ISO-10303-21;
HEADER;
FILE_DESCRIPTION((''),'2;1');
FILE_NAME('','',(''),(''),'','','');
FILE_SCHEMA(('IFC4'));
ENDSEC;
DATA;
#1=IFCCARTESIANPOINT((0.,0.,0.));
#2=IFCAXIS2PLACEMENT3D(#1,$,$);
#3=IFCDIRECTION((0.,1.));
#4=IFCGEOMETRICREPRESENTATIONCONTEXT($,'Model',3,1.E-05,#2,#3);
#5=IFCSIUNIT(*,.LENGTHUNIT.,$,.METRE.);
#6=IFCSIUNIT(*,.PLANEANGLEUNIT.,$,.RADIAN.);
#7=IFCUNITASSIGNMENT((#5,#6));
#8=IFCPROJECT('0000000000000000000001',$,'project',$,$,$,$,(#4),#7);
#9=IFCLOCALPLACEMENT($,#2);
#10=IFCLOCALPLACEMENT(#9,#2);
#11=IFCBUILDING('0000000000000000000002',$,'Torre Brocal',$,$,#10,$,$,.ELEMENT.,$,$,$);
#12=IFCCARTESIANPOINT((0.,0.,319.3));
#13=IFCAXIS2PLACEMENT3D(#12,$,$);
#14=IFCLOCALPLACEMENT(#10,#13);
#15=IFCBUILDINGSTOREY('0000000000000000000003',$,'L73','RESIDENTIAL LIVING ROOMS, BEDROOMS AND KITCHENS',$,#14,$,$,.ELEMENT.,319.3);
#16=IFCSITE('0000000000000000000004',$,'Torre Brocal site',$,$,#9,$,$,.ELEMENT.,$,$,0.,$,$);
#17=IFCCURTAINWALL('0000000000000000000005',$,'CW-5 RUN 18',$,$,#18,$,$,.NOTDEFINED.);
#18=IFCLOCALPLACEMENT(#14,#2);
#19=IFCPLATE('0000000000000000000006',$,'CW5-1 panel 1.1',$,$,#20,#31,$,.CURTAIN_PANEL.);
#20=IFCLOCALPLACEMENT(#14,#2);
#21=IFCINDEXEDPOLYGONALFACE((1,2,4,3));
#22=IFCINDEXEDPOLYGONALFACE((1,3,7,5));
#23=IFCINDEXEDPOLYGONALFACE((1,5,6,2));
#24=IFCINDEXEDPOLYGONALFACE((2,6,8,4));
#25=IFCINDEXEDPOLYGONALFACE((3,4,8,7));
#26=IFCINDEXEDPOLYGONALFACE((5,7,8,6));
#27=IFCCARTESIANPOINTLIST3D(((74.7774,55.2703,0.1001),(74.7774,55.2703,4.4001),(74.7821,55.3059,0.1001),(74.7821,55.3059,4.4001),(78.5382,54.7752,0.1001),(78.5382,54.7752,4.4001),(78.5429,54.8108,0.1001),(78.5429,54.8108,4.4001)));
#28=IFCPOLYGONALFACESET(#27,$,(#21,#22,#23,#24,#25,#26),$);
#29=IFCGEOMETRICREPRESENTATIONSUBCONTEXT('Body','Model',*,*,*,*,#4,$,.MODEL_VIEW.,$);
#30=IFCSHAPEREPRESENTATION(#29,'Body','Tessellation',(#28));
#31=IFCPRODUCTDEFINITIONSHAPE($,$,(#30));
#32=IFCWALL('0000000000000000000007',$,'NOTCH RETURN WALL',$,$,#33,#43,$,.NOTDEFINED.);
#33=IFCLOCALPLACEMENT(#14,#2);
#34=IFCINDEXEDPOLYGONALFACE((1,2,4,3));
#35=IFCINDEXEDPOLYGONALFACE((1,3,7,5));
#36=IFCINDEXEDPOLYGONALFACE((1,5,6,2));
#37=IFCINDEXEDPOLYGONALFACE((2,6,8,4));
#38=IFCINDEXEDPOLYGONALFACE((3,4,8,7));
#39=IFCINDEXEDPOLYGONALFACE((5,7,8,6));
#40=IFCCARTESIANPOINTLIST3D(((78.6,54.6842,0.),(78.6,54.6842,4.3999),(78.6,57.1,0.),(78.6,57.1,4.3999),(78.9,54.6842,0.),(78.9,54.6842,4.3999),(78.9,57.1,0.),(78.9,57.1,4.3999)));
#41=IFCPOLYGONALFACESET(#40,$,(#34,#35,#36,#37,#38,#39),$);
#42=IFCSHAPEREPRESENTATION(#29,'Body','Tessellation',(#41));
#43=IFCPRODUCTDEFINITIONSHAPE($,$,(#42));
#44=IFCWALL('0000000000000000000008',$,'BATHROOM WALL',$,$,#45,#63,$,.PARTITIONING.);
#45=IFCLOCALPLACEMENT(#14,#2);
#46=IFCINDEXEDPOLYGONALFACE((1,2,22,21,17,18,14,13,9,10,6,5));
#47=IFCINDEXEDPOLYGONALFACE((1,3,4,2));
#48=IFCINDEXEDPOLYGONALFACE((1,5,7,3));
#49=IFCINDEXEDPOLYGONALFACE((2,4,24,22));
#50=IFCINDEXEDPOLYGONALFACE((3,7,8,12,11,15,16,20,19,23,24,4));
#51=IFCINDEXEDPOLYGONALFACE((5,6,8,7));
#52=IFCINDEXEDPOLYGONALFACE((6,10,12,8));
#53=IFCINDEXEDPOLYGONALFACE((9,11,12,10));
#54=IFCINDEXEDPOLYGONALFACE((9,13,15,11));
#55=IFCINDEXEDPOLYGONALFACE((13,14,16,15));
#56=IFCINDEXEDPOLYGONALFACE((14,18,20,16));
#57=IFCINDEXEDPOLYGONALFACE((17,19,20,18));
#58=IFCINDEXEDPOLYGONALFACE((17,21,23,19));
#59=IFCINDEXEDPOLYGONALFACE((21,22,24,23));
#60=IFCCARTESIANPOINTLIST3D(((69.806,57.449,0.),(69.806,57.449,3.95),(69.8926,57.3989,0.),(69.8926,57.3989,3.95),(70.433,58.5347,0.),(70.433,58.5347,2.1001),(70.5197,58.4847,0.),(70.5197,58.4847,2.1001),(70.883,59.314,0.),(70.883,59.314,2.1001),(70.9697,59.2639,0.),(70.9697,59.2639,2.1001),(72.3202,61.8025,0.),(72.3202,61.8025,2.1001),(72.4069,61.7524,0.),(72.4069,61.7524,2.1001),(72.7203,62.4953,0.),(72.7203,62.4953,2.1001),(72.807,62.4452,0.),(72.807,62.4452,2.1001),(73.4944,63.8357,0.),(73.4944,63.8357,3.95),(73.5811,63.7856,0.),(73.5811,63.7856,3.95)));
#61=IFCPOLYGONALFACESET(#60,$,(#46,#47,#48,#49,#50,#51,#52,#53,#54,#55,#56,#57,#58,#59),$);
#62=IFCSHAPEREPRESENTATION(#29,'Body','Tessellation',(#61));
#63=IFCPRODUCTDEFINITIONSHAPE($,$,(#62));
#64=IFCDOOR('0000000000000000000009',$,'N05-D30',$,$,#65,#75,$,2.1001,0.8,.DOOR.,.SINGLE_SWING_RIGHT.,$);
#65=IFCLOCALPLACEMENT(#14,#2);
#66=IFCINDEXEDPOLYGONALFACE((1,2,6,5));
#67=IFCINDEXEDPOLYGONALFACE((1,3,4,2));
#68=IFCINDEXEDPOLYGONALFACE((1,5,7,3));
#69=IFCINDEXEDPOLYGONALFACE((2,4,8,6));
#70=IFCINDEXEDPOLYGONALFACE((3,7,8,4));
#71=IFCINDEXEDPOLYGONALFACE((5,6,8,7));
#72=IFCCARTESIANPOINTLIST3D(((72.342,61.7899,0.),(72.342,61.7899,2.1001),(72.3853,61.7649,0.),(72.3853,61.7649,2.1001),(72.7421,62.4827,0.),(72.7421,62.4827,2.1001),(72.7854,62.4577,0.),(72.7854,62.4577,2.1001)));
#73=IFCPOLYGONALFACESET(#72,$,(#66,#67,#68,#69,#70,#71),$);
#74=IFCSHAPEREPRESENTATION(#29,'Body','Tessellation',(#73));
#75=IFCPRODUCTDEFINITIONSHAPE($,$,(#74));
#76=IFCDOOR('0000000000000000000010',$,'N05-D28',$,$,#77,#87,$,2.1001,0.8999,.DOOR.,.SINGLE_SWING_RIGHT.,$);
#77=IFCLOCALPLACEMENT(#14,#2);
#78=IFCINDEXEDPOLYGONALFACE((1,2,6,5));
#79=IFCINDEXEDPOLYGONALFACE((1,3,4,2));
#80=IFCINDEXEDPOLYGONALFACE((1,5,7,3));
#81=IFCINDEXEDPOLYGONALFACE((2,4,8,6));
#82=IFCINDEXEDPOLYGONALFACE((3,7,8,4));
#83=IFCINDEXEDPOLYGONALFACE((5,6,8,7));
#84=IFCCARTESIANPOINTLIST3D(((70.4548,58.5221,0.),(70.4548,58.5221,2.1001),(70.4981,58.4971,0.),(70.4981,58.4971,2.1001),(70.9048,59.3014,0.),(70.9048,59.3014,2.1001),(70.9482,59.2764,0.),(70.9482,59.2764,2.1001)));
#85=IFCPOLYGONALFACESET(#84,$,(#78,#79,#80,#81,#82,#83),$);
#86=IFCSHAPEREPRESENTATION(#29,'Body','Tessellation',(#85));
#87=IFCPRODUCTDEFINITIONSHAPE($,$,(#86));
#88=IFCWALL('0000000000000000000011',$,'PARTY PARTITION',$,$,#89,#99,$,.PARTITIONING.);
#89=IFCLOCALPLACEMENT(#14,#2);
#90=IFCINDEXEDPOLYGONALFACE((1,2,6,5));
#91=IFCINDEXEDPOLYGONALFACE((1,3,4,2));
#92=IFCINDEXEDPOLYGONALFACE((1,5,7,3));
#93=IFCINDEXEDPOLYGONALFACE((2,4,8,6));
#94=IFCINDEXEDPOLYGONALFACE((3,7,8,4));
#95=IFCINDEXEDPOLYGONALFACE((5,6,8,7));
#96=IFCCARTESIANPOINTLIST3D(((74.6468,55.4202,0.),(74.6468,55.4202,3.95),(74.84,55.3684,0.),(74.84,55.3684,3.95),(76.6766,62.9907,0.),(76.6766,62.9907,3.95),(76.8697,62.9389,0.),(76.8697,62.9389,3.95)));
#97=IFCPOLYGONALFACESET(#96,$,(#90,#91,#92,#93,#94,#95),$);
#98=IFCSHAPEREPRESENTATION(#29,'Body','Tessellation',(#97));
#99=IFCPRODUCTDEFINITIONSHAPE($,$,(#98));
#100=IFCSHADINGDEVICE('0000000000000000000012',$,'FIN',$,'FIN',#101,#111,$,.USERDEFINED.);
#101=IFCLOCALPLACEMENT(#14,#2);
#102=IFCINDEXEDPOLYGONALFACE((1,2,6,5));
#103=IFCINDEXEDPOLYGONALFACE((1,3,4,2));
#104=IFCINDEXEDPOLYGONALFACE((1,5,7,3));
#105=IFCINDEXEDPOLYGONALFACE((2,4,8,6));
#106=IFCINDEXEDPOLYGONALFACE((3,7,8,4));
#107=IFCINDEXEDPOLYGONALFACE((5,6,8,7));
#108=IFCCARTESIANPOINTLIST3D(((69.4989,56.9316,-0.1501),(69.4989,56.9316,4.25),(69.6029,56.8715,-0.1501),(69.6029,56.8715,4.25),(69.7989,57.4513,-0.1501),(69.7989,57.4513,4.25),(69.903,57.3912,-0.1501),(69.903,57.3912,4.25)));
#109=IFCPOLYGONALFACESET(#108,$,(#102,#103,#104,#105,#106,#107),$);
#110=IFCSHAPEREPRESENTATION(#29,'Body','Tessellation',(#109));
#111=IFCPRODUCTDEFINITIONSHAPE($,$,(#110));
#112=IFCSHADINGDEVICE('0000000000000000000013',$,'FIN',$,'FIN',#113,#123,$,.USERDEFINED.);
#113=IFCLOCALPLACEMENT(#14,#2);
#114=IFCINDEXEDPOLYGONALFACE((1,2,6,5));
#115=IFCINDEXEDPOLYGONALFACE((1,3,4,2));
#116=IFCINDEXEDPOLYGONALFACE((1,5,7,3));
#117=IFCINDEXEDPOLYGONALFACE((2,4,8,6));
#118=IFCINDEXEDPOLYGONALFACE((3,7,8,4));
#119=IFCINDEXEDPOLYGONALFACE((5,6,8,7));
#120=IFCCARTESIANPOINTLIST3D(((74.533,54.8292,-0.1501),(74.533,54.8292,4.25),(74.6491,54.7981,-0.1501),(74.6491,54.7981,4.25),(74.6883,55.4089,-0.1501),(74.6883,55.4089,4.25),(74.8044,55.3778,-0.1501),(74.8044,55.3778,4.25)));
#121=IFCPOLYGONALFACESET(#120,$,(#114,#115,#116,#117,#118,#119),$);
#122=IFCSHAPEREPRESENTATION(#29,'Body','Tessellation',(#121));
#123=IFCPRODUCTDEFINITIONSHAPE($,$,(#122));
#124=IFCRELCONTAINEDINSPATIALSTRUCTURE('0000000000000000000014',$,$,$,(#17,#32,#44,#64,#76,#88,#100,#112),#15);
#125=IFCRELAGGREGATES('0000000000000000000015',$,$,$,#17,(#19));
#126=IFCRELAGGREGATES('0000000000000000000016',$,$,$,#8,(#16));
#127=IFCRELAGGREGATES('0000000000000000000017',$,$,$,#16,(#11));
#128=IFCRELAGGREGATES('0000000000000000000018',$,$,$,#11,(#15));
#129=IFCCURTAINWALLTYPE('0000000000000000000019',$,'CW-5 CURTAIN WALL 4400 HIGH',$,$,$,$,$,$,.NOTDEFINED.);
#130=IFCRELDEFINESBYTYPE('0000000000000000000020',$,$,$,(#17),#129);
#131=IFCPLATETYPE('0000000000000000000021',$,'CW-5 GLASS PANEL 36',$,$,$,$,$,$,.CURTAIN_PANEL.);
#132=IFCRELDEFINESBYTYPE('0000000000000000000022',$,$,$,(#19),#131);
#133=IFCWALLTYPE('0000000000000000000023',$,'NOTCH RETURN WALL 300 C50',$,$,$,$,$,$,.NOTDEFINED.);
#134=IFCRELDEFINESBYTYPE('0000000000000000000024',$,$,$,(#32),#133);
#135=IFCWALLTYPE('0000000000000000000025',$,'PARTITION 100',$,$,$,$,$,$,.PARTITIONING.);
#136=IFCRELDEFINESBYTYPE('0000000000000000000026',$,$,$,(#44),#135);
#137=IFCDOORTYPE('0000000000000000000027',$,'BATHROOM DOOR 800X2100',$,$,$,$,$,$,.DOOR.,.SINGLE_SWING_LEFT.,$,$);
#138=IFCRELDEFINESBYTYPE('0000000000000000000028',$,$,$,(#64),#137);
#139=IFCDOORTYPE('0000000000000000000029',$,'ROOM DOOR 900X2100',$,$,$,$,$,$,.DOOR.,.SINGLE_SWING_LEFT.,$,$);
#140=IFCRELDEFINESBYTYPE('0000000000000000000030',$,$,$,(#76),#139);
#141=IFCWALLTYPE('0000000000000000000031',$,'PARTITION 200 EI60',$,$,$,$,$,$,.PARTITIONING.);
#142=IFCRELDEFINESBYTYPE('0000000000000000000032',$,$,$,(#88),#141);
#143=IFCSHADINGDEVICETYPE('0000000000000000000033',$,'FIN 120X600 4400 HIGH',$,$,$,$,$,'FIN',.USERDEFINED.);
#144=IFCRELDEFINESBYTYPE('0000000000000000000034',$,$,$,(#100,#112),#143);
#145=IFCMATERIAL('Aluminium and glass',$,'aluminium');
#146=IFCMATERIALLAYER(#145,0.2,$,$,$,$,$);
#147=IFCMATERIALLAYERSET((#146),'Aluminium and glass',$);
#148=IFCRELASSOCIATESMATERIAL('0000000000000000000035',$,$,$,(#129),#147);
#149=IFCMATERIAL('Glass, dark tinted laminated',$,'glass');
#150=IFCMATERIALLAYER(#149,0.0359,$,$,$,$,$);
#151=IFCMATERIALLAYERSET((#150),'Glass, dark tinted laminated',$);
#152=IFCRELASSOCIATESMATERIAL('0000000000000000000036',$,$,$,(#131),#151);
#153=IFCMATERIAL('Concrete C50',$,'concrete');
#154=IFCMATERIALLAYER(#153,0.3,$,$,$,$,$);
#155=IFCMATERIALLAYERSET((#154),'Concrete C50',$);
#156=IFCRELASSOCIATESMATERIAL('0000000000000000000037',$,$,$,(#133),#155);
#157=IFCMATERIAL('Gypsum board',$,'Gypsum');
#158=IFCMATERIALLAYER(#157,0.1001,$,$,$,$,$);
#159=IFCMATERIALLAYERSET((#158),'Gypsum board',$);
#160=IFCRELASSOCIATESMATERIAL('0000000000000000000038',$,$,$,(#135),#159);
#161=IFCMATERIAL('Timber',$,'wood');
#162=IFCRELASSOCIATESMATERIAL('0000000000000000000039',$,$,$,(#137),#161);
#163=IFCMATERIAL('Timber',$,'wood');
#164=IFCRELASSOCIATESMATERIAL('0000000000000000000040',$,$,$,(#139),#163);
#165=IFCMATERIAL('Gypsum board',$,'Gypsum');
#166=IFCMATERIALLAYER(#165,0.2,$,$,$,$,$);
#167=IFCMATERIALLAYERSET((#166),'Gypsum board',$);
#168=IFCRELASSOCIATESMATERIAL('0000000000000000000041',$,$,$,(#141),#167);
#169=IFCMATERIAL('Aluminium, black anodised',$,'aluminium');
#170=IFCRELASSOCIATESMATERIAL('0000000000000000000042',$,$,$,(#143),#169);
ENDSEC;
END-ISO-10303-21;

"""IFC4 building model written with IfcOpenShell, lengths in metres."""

from ifc_helpers import new_model, si_unit, direction, frame, frame_2d, origin, origin_2d, place, context, subcontext, project, spatial, rectangle, extrude, material, layer, layer_set, material_profile, profile_set, type_object, element, fill, aggregate, save


model = new_model("IFC4")

# Units and contexts
model_context = context("Model", 3, precision=1e-05, world=origin(), true_north=direction((0.0, 1.0)))
body_context = subcontext(model_context, "Body", "Model", "MODEL_VIEW")
ifc_project = project(units=[si_unit("LENGTHUNIT", "METRE"), si_unit("PLANEANGLEUNIT", "RADIAN")], contexts=[model_context])

# Site, building, storey
site_placement = place(None, origin())
site = spatial("IfcSite", under=ifc_project, at=site_placement, Name="Torre Brocal site", CompositionType="ELEMENT", RefElevation=0.0)
building_placement = place(site_placement, origin())
building = spatial("IfcBuilding", under=site, at=building_placement, Name="Torre Brocal", CompositionType="ELEMENT")
storey_placement = place(building_placement, frame((0.0, 0.0, 319.3)))
storey = spatial("IfcBuildingStorey", under=building, at=storey_placement, Name="L73", Description="RESIDENTIAL LIVING ROOMS, BEDROOMS AND KITCHENS", CompositionType="ELEMENT", Elevation=319.3)

# Shared definitions
ifc_material_1 = material(Name="Aluminium and glass", Category="aluminium")
ifc_layer_1 = layer(ifc_material_1, 0.2)
ifc_layer_set_1 = layer_set([ifc_layer_1], Name="Aluminium and glass")
curtain_wall_type = type_object("IfcCurtainWallType", Name="CW-5 CURTAIN WALL 4400 HIGH", PredefinedType="NOTDEFINED", material=ifc_layer_set_1)

# Curtain wall
curtain_wall_1_placement = place(storey_placement, origin())
curtain_wall_1 = element("IfcCurtainWall", 1, at=curtain_wall_1_placement, inside=storey, type_object=curtain_wall_type, Name="CW-5 RUN 18", PredefinedType="NOTDEFINED")

# Plate
ifc_material_2 = material(Name="Glass, dark tinted laminated", Category="glass")
ifc_layer_2 = layer(ifc_material_2, 0.0359)
ifc_layer_set_2 = layer_set([ifc_layer_2], Name="Glass, dark tinted laminated")
plate_type = type_object("IfcPlateType", Name="CW-5 GLASS PANEL 36", PredefinedType="CURTAIN_PANEL", material=ifc_layer_set_2)
plate_1_placement = place(storey_placement, frame((76.6602, 55.0405, 0.1001), z_axis=(0.0, 0.0, 1.0), x_axis=(0.991445, -0.130526, 0.0)))
plate_1 = element("IfcPlate", 2, at=plate_1_placement, type_object=plate_type, Name="CW5-1 panel 1.1", PredefinedType="CURTAIN_PANEL", context=body_context, shape_type="SweptSolid", body=[
    extrude(rectangle(XDim=3.7932, YDim=0.0359, at=origin_2d()), origin(), (0.0, 0.0, 1.0), 4.3),
])
aggregate(curtain_wall_1, [plate_1])

# Wall
ifc_material_3 = material(Name="Concrete C50", Category="concrete")
ifc_layer_3 = layer(ifc_material_3, 0.3)
ifc_layer_set_3 = layer_set([ifc_layer_3], Name="Concrete C50")
wall_type_1 = type_object("IfcWallType", Name="NOTCH RETURN WALL 300 C50", PredefinedType="NOTDEFINED", material=ifc_layer_set_3)
wall_1_placement = place(storey_placement, frame((78.75, 57.1001, 0.0), z_axis=(0.0, 0.0, 1.0), x_axis=(0.0, -1.0, 0.0)))
element("IfcWall", 3, at=wall_1_placement, inside=storey, type_object=wall_type_1, Name="NOTCH RETURN WALL", PredefinedType="NOTDEFINED", context=body_context, shape_type="SweptSolid", body=[
    extrude(rectangle(XDim=2.4158, YDim=0.3, at=frame_2d((1.208, 0.0))), origin(), (0.0, 0.0, 1.0), 4.3999),
])

# Wall, openings, doors
ifc_material_4 = material(Name="Gypsum board", Category="Gypsum")
ifc_layer_4 = layer(ifc_material_4, 0.1001)
ifc_layer_set_4 = layer_set([ifc_layer_4], Name="Gypsum board")
wall_type_2 = type_object("IfcWallType", Name="PARTITION 100", PredefinedType="PARTITIONING", material=ifc_layer_set_4)
wall_2_placement = place(storey_placement, frame((69.8494, 57.4241, 0.0), z_axis=(0.0, 0.0, 1.0), x_axis=(0.500112, 0.865961, 0.0)))
wall_2 = element("IfcWall", 4, at=wall_2_placement, inside=storey, type_object=wall_type_2, Name="BATHROOM WALL", PredefinedType="PARTITIONING", context=body_context, shape_type="SweptSolid", body=[
    extrude(rectangle(XDim=7.3752, YDim=0.1001, at=frame_2d((3.6875, 0.0))), origin(), (0.0, 0.0, 1.0), 3.95),
])
opening_1_placement = place(wall_2_placement, frame((1.2537, 0.0, 0.0)))
opening_1 = element("IfcOpeningElement", 5, at=opening_1_placement, cuts=wall_2, PredefinedType="OPENING", context=body_context, shape_type="SweptSolid", body=[
    extrude(rectangle(XDim=0.8999, YDim=2.1001, at=frame_2d((0.45, 1.05))), frame((0.0, 0.0601, 0.0), z_axis=(0.0, -1.0, 0.0), x_axis=(1.0, 0.0, 0.0)), (0.0, 0.0, 1.0), 0.1201),
])
opening_2_placement = place(wall_2_placement, frame((5.0273, 0.0, 0.0)))
opening_2 = element("IfcOpeningElement", 6, at=opening_2_placement, cuts=wall_2, PredefinedType="OPENING", context=body_context, shape_type="SweptSolid", body=[
    extrude(rectangle(XDim=0.8, YDim=2.1001, at=frame_2d((0.3999, 1.05))), frame((0.0, 0.0601, 0.0), z_axis=(0.0, -1.0, 0.0), x_axis=(1.0, 0.0, 0.0)), (0.0, 0.0, 1.0), 0.1201),
])
ifc_material_5 = material(Name="Timber", Category="wood")
door_type_1 = type_object("IfcDoorType", Name="BATHROOM DOOR 800X2100", OperationType="SINGLE_SWING_LEFT", PredefinedType="DOOR", material=ifc_material_5)
door_1_placement = place(opening_2_placement, origin())
door_1 = element("IfcDoor", 7, at=door_1_placement, inside=storey, type_object=door_type_1, Name="N05-D30", OperationType="SINGLE_SWING_RIGHT", OverallHeight=2.1001, OverallWidth=0.8, PredefinedType="DOOR", context=body_context, shape_type="SweptSolid", body=[
    extrude(rectangle(XDim=0.8, YDim=2.1001, at=frame_2d((0.3999, 1.05))), frame((0.0, 0.0249, 0.0), z_axis=(0.0, -1.0, 0.0), x_axis=(1.0, 0.0, 0.0)), (0.0, 0.0, 1.0), 0.05),
])
fill(opening_2, door_1)
ifc_material_6 = material(Name="Timber", Category="wood")
door_type_2 = type_object("IfcDoorType", Name="ROOM DOOR 900X2100", OperationType="SINGLE_SWING_LEFT", PredefinedType="DOOR", material=ifc_material_6)
door_2_placement = place(opening_1_placement, origin())
door_2 = element("IfcDoor", 8, at=door_2_placement, inside=storey, type_object=door_type_2, Name="N05-D28", OperationType="SINGLE_SWING_RIGHT", OverallHeight=2.1001, OverallWidth=0.8999, PredefinedType="DOOR", context=body_context, shape_type="SweptSolid", body=[
    extrude(rectangle(XDim=0.8999, YDim=2.1001, at=frame_2d((0.45, 1.05))), frame((0.0, 0.0249, 0.0), z_axis=(0.0, -1.0, 0.0), x_axis=(1.0, 0.0, 0.0)), (0.0, 0.0, 1.0), 0.05),
])
fill(opening_1, door_2)

# Wall
ifc_material_7 = material(Name="Gypsum board", Category="Gypsum")
ifc_layer_5 = layer(ifc_material_7, 0.2)
ifc_layer_set_5 = layer_set([ifc_layer_5], Name="Gypsum board")
wall_type_3 = type_object("IfcWallType", Name="PARTITION 200 EI60", PredefinedType="PARTITIONING", material=ifc_layer_set_5)
wall_3_placement = place(storey_placement, frame((74.7434, 55.3943, 0.0), z_axis=(0.0, 0.0, 1.0), x_axis=(0.258969, 0.965886, 0.0)))
element("IfcWall", 9, at=wall_3_placement, inside=storey, type_object=wall_type_3, Name="PARTY PARTITION", PredefinedType="PARTITIONING", context=body_context, shape_type="SweptSolid", body=[
    extrude(rectangle(XDim=7.8379, YDim=0.2, at=frame_2d((3.9189, 0.0))), origin(), (0.0, 0.0, 1.0), 3.95),
])

# Shading devices
ifc_material_8 = material(Name="Aluminium, black anodised", Category="aluminium")
ifc_material_profile_1 = material_profile(ifc_material_8, rectangle(XDim=0.1201, YDim=0.6001, at=origin_2d()), Name="FIN 120X600 4400 HIGH")
ifc_profile_set_1 = profile_set([ifc_material_profile_1], Name="Aluminium, black anodised")
shading_device_type = type_object("IfcShadingDeviceType", Name="FIN 120X600 4400 HIGH", ElementType="FIN", PredefinedType="USERDEFINED", material=ifc_profile_set_1)
for number, where, z_axis, x_axis, name in (
    (10, (69.7009, 57.1614, -0.1501), (0.0, 0.0, 1.0), (0.866025, -0.5, 0.0), "FIN"),
    (11, (74.6687, 55.1035, -0.1501), (0.0, 0.0, 1.0), (0.965926, -0.258819, 0.0), "FIN"),
):
    element("IfcShadingDevice", number, at=place(storey_placement, frame(where, z_axis=z_axis, x_axis=x_axis)), inside=storey, type_object=shading_device_type, Name=name, ObjectType="FIN", PredefinedType="USERDEFINED", context=body_context, shape_type="SweptSolid", body=[
        extrude(rectangle(XDim=0.1201, YDim=0.6001, at=origin_2d()), origin(), (0.0, 0.0, 1.0), 4.4001),
    ])

save(model, "model.ifc")
